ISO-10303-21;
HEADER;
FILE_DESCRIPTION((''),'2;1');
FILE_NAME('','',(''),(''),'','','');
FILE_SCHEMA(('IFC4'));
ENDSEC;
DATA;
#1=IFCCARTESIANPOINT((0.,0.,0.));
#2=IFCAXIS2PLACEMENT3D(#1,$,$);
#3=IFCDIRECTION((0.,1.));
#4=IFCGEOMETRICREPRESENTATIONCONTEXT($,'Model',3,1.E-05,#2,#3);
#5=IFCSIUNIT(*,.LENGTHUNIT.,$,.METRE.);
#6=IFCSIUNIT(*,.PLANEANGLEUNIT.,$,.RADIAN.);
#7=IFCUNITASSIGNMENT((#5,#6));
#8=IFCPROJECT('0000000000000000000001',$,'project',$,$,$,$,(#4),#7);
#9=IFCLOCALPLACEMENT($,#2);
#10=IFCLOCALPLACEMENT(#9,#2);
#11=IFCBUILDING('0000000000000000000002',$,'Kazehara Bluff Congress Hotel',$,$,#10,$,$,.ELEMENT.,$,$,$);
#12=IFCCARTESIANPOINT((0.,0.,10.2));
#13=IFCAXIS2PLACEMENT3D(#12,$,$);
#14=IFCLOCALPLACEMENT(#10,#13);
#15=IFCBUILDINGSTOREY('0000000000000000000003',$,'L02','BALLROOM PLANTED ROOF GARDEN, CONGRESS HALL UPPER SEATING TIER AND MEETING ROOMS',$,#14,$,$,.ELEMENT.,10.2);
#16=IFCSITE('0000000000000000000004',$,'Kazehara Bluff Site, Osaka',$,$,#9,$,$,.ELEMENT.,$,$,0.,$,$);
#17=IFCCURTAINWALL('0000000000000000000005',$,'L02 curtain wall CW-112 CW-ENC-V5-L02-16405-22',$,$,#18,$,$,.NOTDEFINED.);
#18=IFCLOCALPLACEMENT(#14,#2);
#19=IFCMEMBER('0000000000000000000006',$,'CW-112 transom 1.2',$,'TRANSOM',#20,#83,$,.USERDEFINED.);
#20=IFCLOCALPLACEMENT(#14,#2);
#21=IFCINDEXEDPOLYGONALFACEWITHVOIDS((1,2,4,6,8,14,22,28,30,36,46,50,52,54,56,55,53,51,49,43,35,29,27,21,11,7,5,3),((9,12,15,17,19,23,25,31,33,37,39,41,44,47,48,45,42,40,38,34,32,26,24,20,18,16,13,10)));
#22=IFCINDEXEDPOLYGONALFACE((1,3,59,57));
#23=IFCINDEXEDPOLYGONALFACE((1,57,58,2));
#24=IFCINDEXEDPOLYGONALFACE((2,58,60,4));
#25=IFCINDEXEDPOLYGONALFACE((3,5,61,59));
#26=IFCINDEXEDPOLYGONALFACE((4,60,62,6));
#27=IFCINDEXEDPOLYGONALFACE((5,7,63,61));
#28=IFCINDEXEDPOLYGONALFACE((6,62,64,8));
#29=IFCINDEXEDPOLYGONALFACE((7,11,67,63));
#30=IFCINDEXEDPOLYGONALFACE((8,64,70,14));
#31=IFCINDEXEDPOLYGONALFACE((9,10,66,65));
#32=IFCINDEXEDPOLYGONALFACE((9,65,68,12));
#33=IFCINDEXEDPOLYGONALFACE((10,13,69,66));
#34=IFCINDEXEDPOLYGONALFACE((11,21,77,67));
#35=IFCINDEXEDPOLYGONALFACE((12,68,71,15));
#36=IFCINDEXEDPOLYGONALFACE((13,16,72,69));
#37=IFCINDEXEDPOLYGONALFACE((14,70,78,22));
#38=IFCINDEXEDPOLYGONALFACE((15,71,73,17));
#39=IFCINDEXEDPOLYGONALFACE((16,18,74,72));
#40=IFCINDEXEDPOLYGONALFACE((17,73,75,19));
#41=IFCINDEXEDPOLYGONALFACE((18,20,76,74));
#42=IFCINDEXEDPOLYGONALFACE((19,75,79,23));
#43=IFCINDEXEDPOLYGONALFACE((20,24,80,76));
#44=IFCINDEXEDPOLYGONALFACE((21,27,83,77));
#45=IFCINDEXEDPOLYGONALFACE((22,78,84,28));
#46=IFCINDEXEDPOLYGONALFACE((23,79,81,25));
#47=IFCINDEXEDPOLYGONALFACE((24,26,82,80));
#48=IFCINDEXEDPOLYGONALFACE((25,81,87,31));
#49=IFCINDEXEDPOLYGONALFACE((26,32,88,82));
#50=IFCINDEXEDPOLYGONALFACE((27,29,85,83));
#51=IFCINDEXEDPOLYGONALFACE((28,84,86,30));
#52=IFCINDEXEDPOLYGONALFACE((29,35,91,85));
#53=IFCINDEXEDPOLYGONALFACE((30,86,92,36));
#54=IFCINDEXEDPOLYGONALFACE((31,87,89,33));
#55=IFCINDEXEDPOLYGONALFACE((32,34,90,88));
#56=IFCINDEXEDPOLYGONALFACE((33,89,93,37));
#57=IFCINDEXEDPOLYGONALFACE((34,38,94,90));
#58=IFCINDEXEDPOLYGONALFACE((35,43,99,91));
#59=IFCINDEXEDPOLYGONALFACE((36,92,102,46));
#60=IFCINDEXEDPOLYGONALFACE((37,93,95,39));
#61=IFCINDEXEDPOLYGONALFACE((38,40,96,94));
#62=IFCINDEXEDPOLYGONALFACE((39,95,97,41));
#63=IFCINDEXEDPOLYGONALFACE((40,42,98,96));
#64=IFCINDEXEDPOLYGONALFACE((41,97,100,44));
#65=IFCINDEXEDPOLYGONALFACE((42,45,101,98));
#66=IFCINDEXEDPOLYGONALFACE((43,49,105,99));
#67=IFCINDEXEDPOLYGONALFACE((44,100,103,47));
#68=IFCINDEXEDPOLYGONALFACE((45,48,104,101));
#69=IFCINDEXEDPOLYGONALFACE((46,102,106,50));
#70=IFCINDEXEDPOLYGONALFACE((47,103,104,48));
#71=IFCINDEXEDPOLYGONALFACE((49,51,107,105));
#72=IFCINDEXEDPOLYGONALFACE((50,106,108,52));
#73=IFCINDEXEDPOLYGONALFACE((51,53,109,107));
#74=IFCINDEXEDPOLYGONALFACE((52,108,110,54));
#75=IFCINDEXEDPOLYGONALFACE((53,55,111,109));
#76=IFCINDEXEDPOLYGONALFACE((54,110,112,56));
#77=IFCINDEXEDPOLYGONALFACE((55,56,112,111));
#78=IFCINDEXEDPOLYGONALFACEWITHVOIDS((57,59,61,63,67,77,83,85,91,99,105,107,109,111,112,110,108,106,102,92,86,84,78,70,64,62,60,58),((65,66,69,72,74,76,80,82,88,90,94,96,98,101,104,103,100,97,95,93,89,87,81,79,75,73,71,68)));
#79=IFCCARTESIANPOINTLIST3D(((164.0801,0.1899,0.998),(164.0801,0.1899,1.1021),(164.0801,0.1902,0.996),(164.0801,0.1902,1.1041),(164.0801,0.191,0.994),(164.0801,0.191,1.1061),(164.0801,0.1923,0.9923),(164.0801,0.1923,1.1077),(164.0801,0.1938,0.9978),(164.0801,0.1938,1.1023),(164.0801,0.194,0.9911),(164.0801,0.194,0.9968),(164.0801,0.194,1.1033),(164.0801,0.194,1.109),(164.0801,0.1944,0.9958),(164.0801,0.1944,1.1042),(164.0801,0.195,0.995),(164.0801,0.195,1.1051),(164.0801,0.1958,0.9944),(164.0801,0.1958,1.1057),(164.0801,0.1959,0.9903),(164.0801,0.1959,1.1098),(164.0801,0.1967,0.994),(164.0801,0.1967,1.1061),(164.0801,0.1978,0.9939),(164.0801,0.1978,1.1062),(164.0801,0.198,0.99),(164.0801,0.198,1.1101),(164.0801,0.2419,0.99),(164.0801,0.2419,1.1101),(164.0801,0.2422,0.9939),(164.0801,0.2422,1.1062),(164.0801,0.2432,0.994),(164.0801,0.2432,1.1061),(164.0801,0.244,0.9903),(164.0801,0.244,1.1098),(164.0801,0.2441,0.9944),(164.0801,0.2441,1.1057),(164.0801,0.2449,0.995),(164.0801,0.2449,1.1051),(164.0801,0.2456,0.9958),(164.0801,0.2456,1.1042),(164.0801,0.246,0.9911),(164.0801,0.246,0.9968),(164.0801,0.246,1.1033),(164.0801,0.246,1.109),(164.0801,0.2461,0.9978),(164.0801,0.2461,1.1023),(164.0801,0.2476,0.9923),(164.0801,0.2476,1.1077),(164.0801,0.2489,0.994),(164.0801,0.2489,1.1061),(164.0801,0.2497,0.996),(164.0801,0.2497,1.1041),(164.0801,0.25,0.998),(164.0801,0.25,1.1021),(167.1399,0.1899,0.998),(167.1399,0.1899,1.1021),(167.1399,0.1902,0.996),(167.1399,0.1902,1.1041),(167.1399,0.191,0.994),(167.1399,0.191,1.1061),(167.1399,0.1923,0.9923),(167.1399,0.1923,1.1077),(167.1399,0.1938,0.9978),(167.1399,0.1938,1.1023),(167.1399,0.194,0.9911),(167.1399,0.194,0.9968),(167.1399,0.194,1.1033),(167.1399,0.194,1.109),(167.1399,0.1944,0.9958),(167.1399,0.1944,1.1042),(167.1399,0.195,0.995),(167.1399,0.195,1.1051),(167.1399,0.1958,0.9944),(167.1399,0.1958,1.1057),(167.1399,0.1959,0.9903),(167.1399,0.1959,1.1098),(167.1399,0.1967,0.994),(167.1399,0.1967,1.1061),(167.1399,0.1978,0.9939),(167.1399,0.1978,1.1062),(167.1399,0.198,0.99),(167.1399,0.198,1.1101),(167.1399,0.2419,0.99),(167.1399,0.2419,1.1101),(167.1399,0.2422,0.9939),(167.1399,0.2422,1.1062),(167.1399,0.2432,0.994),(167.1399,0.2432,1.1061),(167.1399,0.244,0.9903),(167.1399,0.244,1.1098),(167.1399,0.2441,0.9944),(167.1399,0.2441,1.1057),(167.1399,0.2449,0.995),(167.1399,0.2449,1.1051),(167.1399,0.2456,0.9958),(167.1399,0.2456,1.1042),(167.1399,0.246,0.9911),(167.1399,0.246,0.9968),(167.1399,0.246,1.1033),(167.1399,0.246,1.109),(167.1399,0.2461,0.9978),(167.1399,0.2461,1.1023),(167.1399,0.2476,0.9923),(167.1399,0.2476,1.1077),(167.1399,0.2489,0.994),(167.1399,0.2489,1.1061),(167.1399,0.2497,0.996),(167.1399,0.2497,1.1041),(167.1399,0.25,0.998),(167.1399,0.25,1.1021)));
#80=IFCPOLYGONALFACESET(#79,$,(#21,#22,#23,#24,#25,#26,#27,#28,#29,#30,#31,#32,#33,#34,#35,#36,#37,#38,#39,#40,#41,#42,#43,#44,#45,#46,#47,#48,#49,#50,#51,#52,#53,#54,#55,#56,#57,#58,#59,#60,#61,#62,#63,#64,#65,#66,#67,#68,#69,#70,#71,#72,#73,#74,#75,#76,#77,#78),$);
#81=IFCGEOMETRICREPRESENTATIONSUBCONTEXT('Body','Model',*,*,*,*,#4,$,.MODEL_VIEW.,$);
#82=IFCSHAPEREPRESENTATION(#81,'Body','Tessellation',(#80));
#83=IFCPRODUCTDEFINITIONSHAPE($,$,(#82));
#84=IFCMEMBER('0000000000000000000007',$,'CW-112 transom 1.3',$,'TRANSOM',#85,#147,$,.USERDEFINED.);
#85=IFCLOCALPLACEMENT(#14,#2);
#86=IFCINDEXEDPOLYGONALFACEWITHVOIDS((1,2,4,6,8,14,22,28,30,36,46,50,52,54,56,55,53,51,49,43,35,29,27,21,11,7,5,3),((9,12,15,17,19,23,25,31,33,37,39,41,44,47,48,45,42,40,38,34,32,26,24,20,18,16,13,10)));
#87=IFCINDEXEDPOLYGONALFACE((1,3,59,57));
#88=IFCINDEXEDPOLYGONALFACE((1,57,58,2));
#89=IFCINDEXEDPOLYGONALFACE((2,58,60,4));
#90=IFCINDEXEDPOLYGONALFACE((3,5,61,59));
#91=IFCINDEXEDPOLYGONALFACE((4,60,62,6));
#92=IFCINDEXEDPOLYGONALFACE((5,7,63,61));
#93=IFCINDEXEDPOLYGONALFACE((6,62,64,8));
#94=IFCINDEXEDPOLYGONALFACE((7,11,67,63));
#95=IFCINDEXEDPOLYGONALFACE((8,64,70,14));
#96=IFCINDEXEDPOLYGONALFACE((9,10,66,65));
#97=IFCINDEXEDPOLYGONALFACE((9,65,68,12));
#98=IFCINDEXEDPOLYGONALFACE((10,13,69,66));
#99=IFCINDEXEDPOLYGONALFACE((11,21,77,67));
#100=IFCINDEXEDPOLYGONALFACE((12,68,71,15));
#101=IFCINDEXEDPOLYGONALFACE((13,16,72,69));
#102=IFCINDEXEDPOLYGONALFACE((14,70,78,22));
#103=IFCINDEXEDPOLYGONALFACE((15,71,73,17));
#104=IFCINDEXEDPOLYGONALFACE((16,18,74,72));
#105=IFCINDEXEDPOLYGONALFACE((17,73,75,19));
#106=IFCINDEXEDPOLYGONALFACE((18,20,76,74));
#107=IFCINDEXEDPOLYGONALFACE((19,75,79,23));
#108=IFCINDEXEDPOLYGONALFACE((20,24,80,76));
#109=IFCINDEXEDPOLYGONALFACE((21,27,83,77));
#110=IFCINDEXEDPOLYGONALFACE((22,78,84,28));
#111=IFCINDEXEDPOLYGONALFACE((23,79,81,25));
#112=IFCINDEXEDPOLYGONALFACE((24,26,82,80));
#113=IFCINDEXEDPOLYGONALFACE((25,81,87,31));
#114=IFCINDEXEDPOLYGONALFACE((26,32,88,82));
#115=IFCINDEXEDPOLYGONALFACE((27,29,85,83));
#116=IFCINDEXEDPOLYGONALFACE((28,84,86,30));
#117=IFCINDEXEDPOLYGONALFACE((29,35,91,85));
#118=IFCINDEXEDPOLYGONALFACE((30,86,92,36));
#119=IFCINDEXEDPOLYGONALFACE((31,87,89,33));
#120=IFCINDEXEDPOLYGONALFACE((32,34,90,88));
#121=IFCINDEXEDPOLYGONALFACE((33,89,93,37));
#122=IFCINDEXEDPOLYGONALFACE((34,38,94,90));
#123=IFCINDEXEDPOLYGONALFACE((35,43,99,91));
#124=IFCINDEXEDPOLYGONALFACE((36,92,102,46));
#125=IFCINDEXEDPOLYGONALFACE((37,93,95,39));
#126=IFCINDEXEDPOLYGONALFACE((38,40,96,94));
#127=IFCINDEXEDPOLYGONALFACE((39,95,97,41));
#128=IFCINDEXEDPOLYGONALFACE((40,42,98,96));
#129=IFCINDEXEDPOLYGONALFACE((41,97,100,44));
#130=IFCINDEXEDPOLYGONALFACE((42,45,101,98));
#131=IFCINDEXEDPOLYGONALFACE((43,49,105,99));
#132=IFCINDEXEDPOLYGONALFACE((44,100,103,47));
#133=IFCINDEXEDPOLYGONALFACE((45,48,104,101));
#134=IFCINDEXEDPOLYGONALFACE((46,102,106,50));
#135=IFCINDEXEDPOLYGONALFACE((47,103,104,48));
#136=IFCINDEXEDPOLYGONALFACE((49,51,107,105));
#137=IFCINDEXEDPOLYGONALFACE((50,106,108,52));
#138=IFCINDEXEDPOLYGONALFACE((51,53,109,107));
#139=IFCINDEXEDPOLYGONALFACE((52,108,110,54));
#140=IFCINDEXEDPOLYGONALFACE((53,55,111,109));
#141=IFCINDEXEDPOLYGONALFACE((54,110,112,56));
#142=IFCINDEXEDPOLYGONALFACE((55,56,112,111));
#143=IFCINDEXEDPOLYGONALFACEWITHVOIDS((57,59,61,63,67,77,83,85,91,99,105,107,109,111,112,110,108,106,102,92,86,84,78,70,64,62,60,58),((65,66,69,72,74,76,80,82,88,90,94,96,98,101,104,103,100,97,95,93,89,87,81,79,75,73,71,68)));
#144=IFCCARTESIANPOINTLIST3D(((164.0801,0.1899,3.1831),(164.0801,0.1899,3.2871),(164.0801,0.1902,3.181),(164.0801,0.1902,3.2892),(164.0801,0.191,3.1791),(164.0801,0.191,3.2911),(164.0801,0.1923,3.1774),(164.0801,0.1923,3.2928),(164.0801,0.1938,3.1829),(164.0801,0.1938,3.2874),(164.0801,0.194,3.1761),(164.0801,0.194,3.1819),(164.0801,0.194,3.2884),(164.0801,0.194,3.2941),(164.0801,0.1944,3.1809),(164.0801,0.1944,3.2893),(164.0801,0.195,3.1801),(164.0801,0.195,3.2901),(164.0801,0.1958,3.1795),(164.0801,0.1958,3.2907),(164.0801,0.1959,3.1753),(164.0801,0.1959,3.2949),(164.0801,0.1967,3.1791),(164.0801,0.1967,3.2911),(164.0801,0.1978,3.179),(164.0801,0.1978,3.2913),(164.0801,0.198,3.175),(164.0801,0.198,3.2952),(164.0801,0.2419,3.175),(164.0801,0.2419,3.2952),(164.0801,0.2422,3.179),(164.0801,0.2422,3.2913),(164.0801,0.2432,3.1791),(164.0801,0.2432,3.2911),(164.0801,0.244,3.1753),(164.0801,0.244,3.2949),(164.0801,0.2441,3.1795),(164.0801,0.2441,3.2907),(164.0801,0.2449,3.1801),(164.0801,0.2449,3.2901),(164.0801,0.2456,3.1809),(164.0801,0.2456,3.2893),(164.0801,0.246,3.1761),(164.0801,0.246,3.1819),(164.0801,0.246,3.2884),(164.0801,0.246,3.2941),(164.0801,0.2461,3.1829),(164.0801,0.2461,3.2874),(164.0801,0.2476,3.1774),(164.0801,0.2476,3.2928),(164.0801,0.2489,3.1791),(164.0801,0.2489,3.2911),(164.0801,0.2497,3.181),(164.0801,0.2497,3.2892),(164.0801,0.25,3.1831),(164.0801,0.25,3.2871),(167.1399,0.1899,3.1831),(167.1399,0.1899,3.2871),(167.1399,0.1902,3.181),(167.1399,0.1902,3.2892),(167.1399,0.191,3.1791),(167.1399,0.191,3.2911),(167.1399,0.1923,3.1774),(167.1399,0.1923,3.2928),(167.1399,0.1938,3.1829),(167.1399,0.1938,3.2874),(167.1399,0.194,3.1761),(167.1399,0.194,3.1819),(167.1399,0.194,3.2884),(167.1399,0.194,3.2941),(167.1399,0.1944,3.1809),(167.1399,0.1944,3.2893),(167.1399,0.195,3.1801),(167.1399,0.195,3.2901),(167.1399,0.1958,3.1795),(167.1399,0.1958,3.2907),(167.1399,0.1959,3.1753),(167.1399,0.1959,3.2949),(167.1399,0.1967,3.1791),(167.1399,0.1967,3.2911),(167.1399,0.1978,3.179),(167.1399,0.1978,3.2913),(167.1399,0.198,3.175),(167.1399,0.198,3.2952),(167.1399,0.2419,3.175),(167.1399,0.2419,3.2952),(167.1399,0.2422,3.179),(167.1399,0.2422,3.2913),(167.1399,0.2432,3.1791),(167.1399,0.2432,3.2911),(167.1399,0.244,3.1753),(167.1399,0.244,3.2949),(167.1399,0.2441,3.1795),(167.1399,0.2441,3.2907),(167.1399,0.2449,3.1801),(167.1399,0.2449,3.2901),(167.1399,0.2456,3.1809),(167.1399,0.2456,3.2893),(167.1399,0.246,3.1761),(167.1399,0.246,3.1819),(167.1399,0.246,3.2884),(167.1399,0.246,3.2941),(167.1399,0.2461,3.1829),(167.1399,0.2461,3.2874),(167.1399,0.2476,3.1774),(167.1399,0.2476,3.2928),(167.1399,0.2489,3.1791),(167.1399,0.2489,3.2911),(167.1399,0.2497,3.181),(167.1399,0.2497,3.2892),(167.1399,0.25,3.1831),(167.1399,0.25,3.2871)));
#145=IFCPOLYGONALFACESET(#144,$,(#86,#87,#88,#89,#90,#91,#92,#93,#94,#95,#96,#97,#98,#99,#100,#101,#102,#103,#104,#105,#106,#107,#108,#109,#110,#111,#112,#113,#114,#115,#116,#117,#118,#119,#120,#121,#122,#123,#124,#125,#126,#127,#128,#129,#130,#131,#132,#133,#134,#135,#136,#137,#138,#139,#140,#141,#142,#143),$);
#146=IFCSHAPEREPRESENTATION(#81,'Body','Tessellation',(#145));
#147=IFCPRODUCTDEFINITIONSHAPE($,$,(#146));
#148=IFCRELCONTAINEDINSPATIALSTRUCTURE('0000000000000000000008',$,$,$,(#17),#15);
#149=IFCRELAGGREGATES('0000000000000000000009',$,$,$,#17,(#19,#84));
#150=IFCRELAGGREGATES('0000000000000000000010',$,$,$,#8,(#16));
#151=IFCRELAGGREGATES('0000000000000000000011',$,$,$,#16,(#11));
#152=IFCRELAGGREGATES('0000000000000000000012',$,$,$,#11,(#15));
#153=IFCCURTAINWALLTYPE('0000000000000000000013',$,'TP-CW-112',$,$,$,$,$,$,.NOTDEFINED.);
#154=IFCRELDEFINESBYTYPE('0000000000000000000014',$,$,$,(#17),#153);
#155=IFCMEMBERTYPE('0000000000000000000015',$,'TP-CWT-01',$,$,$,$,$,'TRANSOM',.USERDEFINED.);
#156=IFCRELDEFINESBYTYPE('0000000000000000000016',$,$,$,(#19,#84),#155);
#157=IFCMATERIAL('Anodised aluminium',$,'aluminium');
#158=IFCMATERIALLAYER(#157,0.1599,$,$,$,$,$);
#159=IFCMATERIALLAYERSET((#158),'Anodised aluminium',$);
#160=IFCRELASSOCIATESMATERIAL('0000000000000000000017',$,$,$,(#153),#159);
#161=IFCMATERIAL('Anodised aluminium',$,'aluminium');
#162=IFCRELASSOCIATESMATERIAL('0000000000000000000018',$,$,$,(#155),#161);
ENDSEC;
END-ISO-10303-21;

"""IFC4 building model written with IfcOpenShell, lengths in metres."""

from ifc_helpers import new_model, si_unit, direction, frame, origin, origin_2d, place, context, subcontext, project, spatial, hollow_rectangle, extrude, material, layer, layer_set, material_profile, profile_set, type_object, element, aggregate, save


model = new_model("IFC4")

# Units and contexts
model_context = context("Model", 3, precision=1e-05, world=origin(), true_north=direction((0.0, 1.0)))
body_context = subcontext(model_context, "Body", "Model", "MODEL_VIEW")
ifc_project = project(units=[si_unit("LENGTHUNIT", "METRE"), si_unit("PLANEANGLEUNIT", "RADIAN")], contexts=[model_context])

# Site, building, storey
site_placement = place(None, origin())
site = spatial("IfcSite", under=ifc_project, at=site_placement, Name="Kazehara Bluff Site, Osaka", CompositionType="ELEMENT", RefElevation=0.0)
building_placement = place(site_placement, origin())
building = spatial("IfcBuilding", under=site, at=building_placement, Name="Kazehara Bluff Congress Hotel", CompositionType="ELEMENT")
storey_placement = place(building_placement, frame((0.0, 0.0, 10.2)))
storey = spatial("IfcBuildingStorey", under=building, at=storey_placement, Name="L02", Description="BALLROOM PLANTED ROOF GARDEN, CONGRESS HALL UPPER SEATING TIER AND MEETING ROOMS", CompositionType="ELEMENT", Elevation=10.2)

# Curtain wall
ifc_material_1 = material(Name="Anodised aluminium", Category="aluminium")
ifc_layer_1 = layer(ifc_material_1, 0.1599)
ifc_layer_set_1 = layer_set([ifc_layer_1], Name="Anodised aluminium")
curtain_wall_type_1 = type_object("IfcCurtainWallType", Name="TP-CW-112", PredefinedType="NOTDEFINED", material=ifc_layer_set_1)
curtain_wall_1_placement = place(storey_placement, origin())
curtain_wall_1 = element("IfcCurtainWall", 1, at=curtain_wall_1_placement, inside=storey, type_object=curtain_wall_type_1, Name="L02 curtain wall CW-112 CW-ENC-V5-L02-16405-22", PredefinedType="NOTDEFINED")

# Members
ifc_material_2 = material(Name="Anodised aluminium", Category="aluminium")
ifc_material_profile_1 = material_profile(ifc_material_2, hollow_rectangle(XDim=0.0601, YDim=0.1201, WallThickness=0.0039, InnerFilletRadius=0.0039, OuterFilletRadius=0.0081, at=origin_2d()))
ifc_profile_set_1 = profile_set([ifc_material_profile_1], Name="Anodised aluminium")
member_type_1 = type_object("IfcMemberType", Name="TP-CWT-01", ElementType="TRANSOM", PredefinedType="USERDEFINED", material=ifc_profile_set_1)
member_1_placement = place(storey_placement, frame((167.1399, 0.22, 1.05), z_axis=(-1.0, 0.0, 0.0), x_axis=(0.0, -1.0, 0.0)))
member_1 = element("IfcMember", 2, at=member_1_placement, type_object=member_type_1, Name="CW-112 transom 1.2", ObjectType="TRANSOM", PredefinedType="USERDEFINED", context=body_context, shape_type="SweptSolid", body=[
    extrude(hollow_rectangle(XDim=0.0601, YDim=0.1201, WallThickness=0.0039, InnerFilletRadius=0.0039, OuterFilletRadius=0.0081, at=origin_2d()), origin(), (0.0, 0.0, 1.0), 3.0598),
])
member_2_placement = place(storey_placement, frame((167.1399, 0.22, 3.2351), z_axis=(-1.0, 0.0, 0.0), x_axis=(0.0, -1.0, 0.0)))
member_2 = element("IfcMember", 3, at=member_2_placement, type_object=member_type_1, Name="CW-112 transom 1.3", ObjectType="TRANSOM", PredefinedType="USERDEFINED", context=body_context, shape_type="SweptSolid", body=[
    extrude(hollow_rectangle(XDim=0.0601, YDim=0.1201, WallThickness=0.0039, InnerFilletRadius=0.0039, OuterFilletRadius=0.0081, at=origin_2d()), origin(), (0.0, 0.0, 1.0), 3.0598),
])

aggregate(curtain_wall_1, [member_1, member_2])

save(model, "model.ifc")
